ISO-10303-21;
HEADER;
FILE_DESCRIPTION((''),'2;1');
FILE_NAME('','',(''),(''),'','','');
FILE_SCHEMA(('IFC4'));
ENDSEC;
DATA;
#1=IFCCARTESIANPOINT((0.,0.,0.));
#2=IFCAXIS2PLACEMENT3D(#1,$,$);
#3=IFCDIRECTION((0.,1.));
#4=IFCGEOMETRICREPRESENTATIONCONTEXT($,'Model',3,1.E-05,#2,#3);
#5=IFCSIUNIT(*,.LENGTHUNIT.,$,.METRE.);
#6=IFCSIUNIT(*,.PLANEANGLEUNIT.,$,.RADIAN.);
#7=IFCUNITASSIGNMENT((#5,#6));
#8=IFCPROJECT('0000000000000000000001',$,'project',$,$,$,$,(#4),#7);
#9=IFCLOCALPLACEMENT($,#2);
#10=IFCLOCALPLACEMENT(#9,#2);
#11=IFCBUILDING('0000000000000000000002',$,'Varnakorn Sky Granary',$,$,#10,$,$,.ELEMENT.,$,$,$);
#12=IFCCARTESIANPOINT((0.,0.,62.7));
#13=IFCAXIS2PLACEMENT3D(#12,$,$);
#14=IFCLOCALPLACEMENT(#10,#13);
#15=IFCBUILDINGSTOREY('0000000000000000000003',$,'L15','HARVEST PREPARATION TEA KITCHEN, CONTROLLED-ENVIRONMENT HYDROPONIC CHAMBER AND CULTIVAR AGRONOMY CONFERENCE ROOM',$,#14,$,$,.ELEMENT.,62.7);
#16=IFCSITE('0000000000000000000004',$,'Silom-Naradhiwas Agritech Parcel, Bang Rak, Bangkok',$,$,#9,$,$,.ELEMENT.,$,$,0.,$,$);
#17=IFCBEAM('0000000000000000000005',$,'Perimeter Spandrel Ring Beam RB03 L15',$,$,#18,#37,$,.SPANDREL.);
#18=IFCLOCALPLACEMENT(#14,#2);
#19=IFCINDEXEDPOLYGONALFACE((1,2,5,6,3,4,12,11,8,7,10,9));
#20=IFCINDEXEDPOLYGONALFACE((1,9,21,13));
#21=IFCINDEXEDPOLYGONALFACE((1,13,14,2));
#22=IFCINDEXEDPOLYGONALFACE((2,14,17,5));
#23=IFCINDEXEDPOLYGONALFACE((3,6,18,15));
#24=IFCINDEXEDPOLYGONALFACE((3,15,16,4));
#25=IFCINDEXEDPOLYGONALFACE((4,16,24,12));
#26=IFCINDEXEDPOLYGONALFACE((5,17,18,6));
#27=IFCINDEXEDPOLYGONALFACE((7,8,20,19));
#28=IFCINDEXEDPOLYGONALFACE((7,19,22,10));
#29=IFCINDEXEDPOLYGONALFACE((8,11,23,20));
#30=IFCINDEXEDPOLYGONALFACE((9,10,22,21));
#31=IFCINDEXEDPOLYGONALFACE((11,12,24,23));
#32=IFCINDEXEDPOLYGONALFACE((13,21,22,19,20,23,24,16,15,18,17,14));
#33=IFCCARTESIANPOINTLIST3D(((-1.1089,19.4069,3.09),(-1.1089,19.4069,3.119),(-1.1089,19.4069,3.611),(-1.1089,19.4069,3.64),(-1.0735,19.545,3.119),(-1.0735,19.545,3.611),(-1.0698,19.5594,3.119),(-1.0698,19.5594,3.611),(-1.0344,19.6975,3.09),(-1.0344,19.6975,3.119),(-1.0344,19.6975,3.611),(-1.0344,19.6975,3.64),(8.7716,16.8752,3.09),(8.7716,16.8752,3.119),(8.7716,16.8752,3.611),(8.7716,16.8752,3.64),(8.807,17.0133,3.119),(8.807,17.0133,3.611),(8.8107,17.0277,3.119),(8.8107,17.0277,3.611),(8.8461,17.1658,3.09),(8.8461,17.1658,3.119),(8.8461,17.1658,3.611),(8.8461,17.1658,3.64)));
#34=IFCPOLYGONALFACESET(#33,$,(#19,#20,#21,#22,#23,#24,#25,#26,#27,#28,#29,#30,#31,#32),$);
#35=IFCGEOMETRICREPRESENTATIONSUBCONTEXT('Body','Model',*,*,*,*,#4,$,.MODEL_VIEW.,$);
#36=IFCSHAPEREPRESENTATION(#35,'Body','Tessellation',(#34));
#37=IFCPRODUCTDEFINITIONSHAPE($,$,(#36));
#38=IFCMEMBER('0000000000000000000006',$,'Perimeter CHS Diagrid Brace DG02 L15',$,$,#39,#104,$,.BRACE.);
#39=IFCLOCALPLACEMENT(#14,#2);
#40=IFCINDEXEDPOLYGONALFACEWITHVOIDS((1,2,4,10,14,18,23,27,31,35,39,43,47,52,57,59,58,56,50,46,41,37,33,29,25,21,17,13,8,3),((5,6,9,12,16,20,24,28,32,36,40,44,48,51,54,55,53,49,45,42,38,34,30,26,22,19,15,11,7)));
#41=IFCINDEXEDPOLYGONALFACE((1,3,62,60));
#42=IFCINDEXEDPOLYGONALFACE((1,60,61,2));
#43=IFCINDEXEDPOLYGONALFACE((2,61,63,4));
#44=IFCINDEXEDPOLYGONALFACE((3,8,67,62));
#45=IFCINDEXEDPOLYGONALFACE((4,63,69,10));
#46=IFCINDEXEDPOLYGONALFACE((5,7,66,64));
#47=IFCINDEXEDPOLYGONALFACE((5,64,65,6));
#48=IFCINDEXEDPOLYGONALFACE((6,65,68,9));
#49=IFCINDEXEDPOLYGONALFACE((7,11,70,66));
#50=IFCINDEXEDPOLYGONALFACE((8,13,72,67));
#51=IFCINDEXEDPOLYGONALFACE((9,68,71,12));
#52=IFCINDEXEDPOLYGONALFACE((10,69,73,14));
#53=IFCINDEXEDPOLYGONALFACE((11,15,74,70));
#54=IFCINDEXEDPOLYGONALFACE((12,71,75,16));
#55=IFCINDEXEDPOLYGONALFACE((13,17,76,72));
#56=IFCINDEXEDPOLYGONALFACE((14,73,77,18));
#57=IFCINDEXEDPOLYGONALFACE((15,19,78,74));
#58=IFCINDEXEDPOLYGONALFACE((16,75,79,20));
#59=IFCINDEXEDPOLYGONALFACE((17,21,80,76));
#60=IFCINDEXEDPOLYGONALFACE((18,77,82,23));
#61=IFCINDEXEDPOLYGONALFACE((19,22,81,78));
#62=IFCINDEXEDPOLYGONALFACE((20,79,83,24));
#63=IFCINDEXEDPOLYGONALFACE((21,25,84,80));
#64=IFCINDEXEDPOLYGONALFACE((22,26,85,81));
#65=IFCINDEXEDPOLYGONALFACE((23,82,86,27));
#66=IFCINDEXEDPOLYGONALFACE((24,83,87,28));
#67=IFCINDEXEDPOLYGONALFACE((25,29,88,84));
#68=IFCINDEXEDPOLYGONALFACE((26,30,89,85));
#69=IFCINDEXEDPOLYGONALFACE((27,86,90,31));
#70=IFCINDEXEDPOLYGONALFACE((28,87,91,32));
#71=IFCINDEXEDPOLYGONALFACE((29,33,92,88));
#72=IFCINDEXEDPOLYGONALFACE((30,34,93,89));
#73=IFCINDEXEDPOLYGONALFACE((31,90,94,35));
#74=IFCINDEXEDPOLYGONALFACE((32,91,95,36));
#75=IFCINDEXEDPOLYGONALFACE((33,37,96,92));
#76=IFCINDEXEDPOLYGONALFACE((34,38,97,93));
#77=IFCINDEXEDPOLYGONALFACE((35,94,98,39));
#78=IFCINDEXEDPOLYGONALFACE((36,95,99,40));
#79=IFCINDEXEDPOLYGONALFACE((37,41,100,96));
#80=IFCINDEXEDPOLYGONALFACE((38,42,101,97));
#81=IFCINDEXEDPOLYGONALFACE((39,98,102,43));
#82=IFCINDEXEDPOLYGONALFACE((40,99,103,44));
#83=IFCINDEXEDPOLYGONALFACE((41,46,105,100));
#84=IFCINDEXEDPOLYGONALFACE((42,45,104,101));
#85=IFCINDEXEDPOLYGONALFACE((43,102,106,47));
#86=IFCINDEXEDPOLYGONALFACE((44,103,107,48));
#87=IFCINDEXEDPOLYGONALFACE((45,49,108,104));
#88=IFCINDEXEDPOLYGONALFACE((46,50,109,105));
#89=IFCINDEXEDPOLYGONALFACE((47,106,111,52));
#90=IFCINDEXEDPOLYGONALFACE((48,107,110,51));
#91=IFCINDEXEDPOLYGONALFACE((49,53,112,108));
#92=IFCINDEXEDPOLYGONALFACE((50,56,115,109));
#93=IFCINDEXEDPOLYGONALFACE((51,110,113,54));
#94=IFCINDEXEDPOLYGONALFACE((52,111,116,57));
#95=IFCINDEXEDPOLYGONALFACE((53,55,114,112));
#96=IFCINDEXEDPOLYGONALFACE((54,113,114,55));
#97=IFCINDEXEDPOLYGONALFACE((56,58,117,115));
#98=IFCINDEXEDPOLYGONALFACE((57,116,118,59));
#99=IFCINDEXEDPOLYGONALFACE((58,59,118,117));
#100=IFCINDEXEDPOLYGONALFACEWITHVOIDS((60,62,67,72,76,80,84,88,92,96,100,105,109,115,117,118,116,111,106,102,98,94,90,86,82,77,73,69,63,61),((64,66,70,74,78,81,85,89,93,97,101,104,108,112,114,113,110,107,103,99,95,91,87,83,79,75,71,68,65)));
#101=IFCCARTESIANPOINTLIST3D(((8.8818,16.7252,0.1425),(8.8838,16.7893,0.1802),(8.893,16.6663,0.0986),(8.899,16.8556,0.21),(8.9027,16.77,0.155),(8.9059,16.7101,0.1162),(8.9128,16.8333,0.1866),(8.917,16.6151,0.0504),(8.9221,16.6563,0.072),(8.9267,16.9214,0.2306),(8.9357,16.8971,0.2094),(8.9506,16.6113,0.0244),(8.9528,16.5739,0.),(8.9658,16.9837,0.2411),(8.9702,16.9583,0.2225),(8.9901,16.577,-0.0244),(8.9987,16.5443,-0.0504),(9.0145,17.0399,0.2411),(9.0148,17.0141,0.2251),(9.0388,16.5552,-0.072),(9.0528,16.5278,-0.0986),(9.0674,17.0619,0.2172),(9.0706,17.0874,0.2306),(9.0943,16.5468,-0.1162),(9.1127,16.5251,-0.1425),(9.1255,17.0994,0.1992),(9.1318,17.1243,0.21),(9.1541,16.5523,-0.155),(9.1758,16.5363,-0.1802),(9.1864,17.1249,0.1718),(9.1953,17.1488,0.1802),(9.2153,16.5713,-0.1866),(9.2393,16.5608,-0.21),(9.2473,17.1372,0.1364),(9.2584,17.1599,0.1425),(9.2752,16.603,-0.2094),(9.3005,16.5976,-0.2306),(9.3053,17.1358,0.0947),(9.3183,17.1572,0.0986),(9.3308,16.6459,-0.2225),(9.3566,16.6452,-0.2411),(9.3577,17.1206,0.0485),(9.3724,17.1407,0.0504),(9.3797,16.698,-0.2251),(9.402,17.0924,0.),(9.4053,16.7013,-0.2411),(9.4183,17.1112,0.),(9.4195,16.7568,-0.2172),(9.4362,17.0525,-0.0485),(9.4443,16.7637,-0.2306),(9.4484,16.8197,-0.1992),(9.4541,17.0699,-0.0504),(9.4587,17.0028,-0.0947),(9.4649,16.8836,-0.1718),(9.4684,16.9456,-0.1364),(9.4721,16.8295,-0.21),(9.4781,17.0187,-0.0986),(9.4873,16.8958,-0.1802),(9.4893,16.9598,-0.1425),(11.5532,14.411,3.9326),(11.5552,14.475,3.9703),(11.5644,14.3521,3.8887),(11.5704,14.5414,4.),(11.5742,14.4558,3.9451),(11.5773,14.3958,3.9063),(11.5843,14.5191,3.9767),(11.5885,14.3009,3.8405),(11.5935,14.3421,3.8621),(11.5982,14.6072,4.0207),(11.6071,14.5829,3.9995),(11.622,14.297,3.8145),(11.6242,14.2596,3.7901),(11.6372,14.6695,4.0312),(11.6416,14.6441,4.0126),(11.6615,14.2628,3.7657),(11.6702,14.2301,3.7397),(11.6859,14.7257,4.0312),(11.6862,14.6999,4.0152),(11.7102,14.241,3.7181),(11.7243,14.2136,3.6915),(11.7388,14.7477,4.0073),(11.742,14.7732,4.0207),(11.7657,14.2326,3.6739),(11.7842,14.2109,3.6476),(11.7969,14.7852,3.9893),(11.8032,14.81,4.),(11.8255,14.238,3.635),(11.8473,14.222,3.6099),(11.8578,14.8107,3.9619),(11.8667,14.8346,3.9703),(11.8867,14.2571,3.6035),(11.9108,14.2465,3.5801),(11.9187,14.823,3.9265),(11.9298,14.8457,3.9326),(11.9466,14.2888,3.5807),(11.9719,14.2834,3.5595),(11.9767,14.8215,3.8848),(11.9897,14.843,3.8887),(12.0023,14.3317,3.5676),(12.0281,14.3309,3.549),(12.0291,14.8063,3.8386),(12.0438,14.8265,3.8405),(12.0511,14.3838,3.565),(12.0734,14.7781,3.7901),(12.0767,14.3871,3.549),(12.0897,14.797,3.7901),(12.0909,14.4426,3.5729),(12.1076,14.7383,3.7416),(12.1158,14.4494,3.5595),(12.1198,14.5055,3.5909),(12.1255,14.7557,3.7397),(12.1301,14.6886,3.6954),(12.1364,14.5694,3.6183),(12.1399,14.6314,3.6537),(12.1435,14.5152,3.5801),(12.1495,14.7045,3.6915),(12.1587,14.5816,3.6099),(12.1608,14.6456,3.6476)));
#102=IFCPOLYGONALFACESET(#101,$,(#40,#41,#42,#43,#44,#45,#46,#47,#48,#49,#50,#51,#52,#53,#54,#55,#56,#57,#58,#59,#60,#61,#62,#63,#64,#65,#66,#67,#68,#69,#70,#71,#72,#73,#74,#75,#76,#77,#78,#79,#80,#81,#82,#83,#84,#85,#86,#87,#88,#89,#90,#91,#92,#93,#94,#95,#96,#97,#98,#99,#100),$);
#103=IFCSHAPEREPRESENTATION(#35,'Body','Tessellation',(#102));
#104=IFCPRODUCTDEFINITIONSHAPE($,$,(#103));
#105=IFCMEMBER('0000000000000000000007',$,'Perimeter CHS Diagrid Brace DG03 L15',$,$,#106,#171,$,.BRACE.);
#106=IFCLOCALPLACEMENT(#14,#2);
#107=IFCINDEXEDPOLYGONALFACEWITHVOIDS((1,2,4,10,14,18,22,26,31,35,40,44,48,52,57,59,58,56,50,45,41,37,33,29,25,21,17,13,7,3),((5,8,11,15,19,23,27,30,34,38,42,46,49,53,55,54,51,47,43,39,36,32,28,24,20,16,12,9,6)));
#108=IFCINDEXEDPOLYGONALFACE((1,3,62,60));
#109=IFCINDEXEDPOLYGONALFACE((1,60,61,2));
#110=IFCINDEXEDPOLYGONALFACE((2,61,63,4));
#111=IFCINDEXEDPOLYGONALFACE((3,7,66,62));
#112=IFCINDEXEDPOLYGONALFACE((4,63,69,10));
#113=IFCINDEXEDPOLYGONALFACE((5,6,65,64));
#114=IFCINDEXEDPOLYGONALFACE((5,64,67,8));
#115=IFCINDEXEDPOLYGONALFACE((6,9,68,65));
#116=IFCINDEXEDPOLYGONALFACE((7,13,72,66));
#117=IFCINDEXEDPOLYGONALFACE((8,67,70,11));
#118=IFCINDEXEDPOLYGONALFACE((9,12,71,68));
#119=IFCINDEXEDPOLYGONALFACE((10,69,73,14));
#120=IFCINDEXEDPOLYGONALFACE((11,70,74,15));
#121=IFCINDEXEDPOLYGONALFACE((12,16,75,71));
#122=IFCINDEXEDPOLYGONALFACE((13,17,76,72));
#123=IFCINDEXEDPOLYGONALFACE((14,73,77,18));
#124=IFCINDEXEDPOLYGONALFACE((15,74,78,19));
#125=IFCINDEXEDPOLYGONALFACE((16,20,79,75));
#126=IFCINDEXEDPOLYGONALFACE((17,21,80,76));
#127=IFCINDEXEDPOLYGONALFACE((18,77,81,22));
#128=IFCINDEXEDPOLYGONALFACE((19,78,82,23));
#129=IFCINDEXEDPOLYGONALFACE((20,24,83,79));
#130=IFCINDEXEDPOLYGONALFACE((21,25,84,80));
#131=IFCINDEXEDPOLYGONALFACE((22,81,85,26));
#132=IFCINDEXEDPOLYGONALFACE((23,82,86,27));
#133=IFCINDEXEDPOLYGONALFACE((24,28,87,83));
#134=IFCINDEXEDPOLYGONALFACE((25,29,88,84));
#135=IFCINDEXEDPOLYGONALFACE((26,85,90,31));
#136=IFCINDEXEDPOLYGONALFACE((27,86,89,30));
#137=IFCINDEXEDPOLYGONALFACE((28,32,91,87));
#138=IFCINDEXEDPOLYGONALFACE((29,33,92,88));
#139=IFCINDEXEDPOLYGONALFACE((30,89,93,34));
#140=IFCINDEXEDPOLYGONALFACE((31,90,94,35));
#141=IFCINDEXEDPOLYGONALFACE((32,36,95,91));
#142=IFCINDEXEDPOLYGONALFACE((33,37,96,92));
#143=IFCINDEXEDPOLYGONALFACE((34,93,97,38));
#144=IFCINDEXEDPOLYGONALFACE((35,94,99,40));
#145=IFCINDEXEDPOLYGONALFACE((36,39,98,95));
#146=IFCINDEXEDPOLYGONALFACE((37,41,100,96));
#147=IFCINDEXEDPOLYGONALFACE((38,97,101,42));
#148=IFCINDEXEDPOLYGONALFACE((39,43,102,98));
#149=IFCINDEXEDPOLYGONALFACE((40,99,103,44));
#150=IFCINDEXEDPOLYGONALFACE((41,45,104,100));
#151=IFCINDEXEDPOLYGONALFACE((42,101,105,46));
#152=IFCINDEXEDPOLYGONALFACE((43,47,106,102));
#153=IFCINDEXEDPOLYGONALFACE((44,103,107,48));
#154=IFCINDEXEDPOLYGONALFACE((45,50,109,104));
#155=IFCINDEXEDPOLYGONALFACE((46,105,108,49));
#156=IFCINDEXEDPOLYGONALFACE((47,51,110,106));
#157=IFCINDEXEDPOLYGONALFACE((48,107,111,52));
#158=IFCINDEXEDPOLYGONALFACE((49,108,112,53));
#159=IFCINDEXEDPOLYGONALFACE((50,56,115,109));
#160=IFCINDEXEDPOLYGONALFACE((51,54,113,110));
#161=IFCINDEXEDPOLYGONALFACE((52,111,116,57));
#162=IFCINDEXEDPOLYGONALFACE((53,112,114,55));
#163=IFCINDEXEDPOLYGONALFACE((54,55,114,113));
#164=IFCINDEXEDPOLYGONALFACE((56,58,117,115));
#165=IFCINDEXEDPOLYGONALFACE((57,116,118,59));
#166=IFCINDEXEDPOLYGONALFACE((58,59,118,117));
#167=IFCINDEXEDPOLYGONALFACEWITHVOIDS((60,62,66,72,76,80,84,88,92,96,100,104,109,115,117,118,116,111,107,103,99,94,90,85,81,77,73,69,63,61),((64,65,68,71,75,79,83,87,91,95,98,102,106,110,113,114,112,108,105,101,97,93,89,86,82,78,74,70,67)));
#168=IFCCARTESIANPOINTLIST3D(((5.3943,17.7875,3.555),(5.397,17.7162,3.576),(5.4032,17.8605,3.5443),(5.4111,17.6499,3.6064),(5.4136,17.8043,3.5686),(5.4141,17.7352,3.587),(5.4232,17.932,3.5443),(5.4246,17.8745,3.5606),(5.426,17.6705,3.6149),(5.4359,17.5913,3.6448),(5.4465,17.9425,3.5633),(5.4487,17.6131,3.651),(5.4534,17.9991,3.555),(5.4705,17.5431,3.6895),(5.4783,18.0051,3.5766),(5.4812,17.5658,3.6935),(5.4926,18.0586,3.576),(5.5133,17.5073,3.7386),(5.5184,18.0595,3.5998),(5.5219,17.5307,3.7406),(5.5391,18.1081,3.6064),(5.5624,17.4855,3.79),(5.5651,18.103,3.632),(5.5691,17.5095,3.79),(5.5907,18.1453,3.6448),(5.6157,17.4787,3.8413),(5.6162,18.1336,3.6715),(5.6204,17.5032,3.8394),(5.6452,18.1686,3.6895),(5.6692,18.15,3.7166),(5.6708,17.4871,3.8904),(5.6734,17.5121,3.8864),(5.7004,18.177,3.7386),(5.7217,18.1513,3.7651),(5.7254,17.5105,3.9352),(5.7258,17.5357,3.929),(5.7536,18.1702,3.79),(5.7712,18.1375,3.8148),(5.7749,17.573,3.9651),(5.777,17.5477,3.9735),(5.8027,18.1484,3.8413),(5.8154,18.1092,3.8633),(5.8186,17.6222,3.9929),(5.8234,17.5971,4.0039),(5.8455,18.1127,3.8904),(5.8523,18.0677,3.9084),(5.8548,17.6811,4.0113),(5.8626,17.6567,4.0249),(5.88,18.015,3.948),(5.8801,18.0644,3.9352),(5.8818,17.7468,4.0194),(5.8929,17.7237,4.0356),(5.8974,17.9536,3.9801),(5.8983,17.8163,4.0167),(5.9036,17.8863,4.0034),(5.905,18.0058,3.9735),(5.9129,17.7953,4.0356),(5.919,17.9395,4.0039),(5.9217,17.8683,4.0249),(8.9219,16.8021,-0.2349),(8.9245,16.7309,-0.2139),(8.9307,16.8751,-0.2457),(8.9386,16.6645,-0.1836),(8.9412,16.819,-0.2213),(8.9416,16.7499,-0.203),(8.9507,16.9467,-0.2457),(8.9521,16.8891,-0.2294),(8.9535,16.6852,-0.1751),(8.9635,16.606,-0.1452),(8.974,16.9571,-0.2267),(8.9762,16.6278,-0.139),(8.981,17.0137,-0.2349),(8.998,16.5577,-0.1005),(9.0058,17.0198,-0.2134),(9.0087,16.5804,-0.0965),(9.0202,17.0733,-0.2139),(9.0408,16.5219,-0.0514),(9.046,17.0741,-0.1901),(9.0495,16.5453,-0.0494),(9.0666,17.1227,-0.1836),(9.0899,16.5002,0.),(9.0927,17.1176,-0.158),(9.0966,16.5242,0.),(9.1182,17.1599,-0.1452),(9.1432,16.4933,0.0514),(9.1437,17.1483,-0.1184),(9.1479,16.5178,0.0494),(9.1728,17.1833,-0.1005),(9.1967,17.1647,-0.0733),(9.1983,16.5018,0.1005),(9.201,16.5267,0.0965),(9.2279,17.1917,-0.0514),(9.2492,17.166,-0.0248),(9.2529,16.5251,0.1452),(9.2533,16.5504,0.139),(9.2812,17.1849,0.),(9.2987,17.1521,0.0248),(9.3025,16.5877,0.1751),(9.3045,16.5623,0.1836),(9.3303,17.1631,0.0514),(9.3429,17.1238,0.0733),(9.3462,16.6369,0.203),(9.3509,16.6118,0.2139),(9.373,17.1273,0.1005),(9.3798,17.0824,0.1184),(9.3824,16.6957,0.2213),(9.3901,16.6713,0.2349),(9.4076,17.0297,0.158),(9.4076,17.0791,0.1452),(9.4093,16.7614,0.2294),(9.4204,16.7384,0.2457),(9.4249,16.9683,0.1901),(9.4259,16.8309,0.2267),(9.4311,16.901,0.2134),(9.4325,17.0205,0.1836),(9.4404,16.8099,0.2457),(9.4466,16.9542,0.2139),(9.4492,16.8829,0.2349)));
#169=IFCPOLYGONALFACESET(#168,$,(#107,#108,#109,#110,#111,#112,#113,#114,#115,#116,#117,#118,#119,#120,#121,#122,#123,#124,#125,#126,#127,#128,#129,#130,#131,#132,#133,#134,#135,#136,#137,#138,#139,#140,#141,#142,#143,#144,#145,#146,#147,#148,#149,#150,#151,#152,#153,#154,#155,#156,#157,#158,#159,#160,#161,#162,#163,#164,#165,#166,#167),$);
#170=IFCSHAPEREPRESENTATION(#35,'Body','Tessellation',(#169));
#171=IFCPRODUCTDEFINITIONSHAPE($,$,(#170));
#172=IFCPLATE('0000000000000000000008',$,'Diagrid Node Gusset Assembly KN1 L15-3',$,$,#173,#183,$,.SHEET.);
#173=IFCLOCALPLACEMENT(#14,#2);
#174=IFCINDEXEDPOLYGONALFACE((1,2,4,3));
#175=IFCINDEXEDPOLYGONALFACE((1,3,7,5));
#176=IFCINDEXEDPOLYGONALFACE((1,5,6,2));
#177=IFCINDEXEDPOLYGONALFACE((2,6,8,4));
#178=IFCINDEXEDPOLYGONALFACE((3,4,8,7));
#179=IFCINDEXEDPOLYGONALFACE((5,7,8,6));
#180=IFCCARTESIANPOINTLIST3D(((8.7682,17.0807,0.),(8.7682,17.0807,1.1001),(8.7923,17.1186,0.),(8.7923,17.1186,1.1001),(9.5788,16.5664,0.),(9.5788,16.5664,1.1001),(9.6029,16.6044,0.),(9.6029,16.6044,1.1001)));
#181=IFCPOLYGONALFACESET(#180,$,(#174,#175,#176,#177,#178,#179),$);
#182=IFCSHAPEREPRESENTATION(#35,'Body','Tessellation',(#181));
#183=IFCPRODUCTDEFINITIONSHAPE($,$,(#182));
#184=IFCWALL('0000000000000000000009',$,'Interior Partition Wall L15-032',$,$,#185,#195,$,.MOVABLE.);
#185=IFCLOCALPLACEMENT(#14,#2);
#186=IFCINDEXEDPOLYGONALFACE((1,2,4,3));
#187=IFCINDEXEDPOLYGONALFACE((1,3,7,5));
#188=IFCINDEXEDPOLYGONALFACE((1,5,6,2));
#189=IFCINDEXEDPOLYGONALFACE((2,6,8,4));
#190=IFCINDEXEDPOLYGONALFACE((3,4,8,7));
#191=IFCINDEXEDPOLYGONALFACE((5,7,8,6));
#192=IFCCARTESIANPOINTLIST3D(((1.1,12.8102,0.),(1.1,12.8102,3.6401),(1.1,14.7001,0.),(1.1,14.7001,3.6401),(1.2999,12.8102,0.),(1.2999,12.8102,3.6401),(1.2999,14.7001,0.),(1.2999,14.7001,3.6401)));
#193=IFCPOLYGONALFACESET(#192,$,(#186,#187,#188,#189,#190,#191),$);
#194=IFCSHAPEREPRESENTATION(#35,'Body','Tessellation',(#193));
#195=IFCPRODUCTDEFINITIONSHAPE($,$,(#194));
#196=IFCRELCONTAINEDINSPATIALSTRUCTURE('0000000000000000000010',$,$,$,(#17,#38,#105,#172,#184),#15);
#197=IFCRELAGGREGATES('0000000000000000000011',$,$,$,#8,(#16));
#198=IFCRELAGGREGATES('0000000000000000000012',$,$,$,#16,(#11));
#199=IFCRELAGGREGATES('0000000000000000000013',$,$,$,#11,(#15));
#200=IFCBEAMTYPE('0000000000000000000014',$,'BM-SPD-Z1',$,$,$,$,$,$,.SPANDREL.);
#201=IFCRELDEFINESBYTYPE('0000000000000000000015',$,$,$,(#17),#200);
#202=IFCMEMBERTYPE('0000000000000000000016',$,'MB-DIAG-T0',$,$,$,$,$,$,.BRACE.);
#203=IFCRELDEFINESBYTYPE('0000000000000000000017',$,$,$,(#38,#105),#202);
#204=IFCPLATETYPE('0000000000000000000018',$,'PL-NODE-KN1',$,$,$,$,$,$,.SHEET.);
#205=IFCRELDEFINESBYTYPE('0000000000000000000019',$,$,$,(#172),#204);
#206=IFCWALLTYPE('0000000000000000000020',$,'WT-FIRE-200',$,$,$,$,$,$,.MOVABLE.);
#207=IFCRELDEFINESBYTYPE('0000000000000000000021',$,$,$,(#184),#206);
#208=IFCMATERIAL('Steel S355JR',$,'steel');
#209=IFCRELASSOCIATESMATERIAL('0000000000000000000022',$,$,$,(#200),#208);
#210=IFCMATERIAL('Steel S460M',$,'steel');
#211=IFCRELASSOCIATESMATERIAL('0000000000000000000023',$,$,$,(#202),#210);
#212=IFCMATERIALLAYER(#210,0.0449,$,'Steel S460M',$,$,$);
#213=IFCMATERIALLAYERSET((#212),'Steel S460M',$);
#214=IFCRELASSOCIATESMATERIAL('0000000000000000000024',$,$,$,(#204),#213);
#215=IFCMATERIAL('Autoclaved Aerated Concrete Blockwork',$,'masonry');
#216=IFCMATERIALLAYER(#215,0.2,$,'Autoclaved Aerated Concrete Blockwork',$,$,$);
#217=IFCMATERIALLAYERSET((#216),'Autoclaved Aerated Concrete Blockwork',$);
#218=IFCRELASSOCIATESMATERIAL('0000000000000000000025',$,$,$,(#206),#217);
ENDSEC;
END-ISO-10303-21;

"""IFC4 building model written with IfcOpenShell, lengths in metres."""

from ifc_helpers import new_model, si_unit, direction, frame, frame_2d, origin, origin_2d, place, context, subcontext, project, spatial, rectangle, hollow_circle, i_section, extrude, material, layer, layer_set, material_profile, profile_set, type_object, element, save


model = new_model("IFC4")

# Units and contexts
model_context = context("Model", 3, precision=1e-05, world=origin(), true_north=direction((0.0, 1.0)))
body_context = subcontext(model_context, "Body", "Model", "MODEL_VIEW")
ifc_project = project(units=[si_unit("LENGTHUNIT", "METRE"), si_unit("PLANEANGLEUNIT", "RADIAN")], contexts=[model_context])

# Site, building, storey
site_placement = place(None, origin())
site = spatial("IfcSite", under=ifc_project, at=site_placement, Name="Silom-Naradhiwas Agritech Parcel, Bang Rak, Bangkok", CompositionType="ELEMENT", RefElevation=0.0)
building_placement = place(site_placement, origin())
building = spatial("IfcBuilding", under=site, at=building_placement, Name="Varnakorn Sky Granary", CompositionType="ELEMENT")
storey_placement = place(building_placement, frame((0.0, 0.0, 62.7)))
storey = spatial("IfcBuildingStorey", under=building, at=storey_placement, Name="L15", Description="HARVEST PREPARATION TEA KITCHEN, CONTROLLED-ENVIRONMENT HYDROPONIC CHAMBER AND CULTIVAR AGRONOMY CONFERENCE ROOM", CompositionType="ELEMENT", Elevation=62.7)

# Shared definitions
ifc_material_1 = material(Name="Steel S460M", Category="steel")

# Beam
ifc_material_2 = material(Name="Steel S355JR", Category="steel")
ifc_material_profile_1 = material_profile(ifc_material_2, i_section(OverallWidth=0.3, OverallDepth=0.55, WebThickness=0.0149, FlangeThickness=0.0291, at=origin_2d()), Name="HE 550 B")
ifc_profile_set_1 = profile_set([ifc_material_profile_1], Name="Steel S355JR")
beam_type_1 = type_object("IfcBeamType", Name="BM-SPD-Z1", PredefinedType="SPANDREL", material=ifc_profile_set_1)
beam_1_placement = place(storey_placement, frame((8.8088, 17.0205, 3.365), z_axis=(-0.968705, 0.248214, 0.0), x_axis=(-0.248214, -0.968705, 0.0)))
element("IfcBeam", 1, at=beam_1_placement, inside=storey, type_object=beam_type_1, Name="Perimeter Spandrel Ring Beam RB03 L15", PredefinedType="SPANDREL", context=body_context, shape_type="SweptSolid", body=[
    extrude(i_section(OverallWidth=0.3, OverallDepth=0.55, WebThickness=0.0149, FlangeThickness=0.0291, at=origin_2d()), origin(), (0.0, 0.0, 1.0), 10.1997),
])

# Members
ifc_material_profile_2 = material_profile(ifc_material_1, hollow_circle(Radius=0.3555, WallThickness=0.0249, at=origin_2d()), Name="CHS 711x25")
ifc_profile_set_2 = profile_set([ifc_material_profile_2], Name="Steel S460M")
member_type = type_object("IfcMemberType", Name="MB-DIAG-T0", PredefinedType="BRACE", material=ifc_profile_set_2)
member_1_placement = place(storey_placement, frame((9.1855, 16.8425, 0.0), z_axis=(0.515483, -0.44656, 0.731343), x_axis=(0.65477, 0.755828, 0.0)))
element("IfcMember", 2, at=member_1_placement, inside=storey, type_object=member_type, Name="Perimeter CHS Diagrid Brace DG02 L15", PredefinedType="BRACE", context=body_context, shape_type="SweptSolid", body=[
    extrude(hollow_circle(Radius=0.3555, WallThickness=0.0249, at=origin_2d()), origin(), (0.0, 0.0, 1.0), 5.1824),
])
member_2_placement = place(storey_placement, frame((9.1855, 16.8425, 0.0), z_axis=(-0.669296, 0.186953, 0.719091), x_axis=(-0.269029, -0.963132, 0.0)))
element("IfcMember", 3, at=member_2_placement, inside=storey, type_object=member_type, Name="Perimeter CHS Diagrid Brace DG03 L15", PredefinedType="BRACE", context=body_context, shape_type="SweptSolid", body=[
    extrude(hollow_circle(Radius=0.3555, WallThickness=0.0249, at=origin_2d()), origin(), (0.0, 0.0, 1.0), 5.2705),
])

# Plate
ifc_layer_1 = layer(ifc_material_1, 0.0449, Name="Steel S460M")
ifc_layer_set_1 = layer_set([ifc_layer_1], Name="Steel S460M")
plate_type = type_object("IfcPlateType", Name="PL-NODE-KN1", PredefinedType="SHEET", material=ifc_layer_set_1)
plate_placement = place(storey_placement, frame((9.1855, 16.8425, 0.0), z_axis=(0.0, 0.0, 1.0), x_axis=(-0.844398, 0.535717, 0.0)))
element("IfcPlate", 4, at=plate_placement, inside=storey, type_object=plate_type, Name="Diagrid Node Gusset Assembly KN1 L15-3", PredefinedType="SHEET", context=body_context, shape_type="SweptSolid", body=[
    extrude(rectangle(XDim=0.96, YDim=0.0449, at=origin_2d()), origin(), (0.0, 0.0, 1.0), 1.1001),
])

# Wall
ifc_material_3 = material(Name="Autoclaved Aerated Concrete Blockwork", Category="masonry")
ifc_layer_2 = layer(ifc_material_3, 0.2, Name="Autoclaved Aerated Concrete Blockwork")
ifc_layer_set_2 = layer_set([ifc_layer_2], Name="Autoclaved Aerated Concrete Blockwork")
wall_type_1 = type_object("IfcWallType", Name="WT-FIRE-200", PredefinedType="MOVABLE", material=ifc_layer_set_2)
wall_1_placement = place(storey_placement, frame((1.2, 14.7, 0.0), z_axis=(0.0, 0.0, 1.0), x_axis=(0.0, -1.0, 0.0)))
element("IfcWall", 5, at=wall_1_placement, inside=storey, type_object=wall_type_1, Name="Interior Partition Wall L15-032", PredefinedType="MOVABLE", context=body_context, shape_type="SweptSolid", body=[
    extrude(rectangle(XDim=1.8899, YDim=0.2, at=frame_2d((0.9448, 0.0))), origin(), (0.0, 0.0, 1.0), 3.6401),
])

save(model, "model.ifc")
